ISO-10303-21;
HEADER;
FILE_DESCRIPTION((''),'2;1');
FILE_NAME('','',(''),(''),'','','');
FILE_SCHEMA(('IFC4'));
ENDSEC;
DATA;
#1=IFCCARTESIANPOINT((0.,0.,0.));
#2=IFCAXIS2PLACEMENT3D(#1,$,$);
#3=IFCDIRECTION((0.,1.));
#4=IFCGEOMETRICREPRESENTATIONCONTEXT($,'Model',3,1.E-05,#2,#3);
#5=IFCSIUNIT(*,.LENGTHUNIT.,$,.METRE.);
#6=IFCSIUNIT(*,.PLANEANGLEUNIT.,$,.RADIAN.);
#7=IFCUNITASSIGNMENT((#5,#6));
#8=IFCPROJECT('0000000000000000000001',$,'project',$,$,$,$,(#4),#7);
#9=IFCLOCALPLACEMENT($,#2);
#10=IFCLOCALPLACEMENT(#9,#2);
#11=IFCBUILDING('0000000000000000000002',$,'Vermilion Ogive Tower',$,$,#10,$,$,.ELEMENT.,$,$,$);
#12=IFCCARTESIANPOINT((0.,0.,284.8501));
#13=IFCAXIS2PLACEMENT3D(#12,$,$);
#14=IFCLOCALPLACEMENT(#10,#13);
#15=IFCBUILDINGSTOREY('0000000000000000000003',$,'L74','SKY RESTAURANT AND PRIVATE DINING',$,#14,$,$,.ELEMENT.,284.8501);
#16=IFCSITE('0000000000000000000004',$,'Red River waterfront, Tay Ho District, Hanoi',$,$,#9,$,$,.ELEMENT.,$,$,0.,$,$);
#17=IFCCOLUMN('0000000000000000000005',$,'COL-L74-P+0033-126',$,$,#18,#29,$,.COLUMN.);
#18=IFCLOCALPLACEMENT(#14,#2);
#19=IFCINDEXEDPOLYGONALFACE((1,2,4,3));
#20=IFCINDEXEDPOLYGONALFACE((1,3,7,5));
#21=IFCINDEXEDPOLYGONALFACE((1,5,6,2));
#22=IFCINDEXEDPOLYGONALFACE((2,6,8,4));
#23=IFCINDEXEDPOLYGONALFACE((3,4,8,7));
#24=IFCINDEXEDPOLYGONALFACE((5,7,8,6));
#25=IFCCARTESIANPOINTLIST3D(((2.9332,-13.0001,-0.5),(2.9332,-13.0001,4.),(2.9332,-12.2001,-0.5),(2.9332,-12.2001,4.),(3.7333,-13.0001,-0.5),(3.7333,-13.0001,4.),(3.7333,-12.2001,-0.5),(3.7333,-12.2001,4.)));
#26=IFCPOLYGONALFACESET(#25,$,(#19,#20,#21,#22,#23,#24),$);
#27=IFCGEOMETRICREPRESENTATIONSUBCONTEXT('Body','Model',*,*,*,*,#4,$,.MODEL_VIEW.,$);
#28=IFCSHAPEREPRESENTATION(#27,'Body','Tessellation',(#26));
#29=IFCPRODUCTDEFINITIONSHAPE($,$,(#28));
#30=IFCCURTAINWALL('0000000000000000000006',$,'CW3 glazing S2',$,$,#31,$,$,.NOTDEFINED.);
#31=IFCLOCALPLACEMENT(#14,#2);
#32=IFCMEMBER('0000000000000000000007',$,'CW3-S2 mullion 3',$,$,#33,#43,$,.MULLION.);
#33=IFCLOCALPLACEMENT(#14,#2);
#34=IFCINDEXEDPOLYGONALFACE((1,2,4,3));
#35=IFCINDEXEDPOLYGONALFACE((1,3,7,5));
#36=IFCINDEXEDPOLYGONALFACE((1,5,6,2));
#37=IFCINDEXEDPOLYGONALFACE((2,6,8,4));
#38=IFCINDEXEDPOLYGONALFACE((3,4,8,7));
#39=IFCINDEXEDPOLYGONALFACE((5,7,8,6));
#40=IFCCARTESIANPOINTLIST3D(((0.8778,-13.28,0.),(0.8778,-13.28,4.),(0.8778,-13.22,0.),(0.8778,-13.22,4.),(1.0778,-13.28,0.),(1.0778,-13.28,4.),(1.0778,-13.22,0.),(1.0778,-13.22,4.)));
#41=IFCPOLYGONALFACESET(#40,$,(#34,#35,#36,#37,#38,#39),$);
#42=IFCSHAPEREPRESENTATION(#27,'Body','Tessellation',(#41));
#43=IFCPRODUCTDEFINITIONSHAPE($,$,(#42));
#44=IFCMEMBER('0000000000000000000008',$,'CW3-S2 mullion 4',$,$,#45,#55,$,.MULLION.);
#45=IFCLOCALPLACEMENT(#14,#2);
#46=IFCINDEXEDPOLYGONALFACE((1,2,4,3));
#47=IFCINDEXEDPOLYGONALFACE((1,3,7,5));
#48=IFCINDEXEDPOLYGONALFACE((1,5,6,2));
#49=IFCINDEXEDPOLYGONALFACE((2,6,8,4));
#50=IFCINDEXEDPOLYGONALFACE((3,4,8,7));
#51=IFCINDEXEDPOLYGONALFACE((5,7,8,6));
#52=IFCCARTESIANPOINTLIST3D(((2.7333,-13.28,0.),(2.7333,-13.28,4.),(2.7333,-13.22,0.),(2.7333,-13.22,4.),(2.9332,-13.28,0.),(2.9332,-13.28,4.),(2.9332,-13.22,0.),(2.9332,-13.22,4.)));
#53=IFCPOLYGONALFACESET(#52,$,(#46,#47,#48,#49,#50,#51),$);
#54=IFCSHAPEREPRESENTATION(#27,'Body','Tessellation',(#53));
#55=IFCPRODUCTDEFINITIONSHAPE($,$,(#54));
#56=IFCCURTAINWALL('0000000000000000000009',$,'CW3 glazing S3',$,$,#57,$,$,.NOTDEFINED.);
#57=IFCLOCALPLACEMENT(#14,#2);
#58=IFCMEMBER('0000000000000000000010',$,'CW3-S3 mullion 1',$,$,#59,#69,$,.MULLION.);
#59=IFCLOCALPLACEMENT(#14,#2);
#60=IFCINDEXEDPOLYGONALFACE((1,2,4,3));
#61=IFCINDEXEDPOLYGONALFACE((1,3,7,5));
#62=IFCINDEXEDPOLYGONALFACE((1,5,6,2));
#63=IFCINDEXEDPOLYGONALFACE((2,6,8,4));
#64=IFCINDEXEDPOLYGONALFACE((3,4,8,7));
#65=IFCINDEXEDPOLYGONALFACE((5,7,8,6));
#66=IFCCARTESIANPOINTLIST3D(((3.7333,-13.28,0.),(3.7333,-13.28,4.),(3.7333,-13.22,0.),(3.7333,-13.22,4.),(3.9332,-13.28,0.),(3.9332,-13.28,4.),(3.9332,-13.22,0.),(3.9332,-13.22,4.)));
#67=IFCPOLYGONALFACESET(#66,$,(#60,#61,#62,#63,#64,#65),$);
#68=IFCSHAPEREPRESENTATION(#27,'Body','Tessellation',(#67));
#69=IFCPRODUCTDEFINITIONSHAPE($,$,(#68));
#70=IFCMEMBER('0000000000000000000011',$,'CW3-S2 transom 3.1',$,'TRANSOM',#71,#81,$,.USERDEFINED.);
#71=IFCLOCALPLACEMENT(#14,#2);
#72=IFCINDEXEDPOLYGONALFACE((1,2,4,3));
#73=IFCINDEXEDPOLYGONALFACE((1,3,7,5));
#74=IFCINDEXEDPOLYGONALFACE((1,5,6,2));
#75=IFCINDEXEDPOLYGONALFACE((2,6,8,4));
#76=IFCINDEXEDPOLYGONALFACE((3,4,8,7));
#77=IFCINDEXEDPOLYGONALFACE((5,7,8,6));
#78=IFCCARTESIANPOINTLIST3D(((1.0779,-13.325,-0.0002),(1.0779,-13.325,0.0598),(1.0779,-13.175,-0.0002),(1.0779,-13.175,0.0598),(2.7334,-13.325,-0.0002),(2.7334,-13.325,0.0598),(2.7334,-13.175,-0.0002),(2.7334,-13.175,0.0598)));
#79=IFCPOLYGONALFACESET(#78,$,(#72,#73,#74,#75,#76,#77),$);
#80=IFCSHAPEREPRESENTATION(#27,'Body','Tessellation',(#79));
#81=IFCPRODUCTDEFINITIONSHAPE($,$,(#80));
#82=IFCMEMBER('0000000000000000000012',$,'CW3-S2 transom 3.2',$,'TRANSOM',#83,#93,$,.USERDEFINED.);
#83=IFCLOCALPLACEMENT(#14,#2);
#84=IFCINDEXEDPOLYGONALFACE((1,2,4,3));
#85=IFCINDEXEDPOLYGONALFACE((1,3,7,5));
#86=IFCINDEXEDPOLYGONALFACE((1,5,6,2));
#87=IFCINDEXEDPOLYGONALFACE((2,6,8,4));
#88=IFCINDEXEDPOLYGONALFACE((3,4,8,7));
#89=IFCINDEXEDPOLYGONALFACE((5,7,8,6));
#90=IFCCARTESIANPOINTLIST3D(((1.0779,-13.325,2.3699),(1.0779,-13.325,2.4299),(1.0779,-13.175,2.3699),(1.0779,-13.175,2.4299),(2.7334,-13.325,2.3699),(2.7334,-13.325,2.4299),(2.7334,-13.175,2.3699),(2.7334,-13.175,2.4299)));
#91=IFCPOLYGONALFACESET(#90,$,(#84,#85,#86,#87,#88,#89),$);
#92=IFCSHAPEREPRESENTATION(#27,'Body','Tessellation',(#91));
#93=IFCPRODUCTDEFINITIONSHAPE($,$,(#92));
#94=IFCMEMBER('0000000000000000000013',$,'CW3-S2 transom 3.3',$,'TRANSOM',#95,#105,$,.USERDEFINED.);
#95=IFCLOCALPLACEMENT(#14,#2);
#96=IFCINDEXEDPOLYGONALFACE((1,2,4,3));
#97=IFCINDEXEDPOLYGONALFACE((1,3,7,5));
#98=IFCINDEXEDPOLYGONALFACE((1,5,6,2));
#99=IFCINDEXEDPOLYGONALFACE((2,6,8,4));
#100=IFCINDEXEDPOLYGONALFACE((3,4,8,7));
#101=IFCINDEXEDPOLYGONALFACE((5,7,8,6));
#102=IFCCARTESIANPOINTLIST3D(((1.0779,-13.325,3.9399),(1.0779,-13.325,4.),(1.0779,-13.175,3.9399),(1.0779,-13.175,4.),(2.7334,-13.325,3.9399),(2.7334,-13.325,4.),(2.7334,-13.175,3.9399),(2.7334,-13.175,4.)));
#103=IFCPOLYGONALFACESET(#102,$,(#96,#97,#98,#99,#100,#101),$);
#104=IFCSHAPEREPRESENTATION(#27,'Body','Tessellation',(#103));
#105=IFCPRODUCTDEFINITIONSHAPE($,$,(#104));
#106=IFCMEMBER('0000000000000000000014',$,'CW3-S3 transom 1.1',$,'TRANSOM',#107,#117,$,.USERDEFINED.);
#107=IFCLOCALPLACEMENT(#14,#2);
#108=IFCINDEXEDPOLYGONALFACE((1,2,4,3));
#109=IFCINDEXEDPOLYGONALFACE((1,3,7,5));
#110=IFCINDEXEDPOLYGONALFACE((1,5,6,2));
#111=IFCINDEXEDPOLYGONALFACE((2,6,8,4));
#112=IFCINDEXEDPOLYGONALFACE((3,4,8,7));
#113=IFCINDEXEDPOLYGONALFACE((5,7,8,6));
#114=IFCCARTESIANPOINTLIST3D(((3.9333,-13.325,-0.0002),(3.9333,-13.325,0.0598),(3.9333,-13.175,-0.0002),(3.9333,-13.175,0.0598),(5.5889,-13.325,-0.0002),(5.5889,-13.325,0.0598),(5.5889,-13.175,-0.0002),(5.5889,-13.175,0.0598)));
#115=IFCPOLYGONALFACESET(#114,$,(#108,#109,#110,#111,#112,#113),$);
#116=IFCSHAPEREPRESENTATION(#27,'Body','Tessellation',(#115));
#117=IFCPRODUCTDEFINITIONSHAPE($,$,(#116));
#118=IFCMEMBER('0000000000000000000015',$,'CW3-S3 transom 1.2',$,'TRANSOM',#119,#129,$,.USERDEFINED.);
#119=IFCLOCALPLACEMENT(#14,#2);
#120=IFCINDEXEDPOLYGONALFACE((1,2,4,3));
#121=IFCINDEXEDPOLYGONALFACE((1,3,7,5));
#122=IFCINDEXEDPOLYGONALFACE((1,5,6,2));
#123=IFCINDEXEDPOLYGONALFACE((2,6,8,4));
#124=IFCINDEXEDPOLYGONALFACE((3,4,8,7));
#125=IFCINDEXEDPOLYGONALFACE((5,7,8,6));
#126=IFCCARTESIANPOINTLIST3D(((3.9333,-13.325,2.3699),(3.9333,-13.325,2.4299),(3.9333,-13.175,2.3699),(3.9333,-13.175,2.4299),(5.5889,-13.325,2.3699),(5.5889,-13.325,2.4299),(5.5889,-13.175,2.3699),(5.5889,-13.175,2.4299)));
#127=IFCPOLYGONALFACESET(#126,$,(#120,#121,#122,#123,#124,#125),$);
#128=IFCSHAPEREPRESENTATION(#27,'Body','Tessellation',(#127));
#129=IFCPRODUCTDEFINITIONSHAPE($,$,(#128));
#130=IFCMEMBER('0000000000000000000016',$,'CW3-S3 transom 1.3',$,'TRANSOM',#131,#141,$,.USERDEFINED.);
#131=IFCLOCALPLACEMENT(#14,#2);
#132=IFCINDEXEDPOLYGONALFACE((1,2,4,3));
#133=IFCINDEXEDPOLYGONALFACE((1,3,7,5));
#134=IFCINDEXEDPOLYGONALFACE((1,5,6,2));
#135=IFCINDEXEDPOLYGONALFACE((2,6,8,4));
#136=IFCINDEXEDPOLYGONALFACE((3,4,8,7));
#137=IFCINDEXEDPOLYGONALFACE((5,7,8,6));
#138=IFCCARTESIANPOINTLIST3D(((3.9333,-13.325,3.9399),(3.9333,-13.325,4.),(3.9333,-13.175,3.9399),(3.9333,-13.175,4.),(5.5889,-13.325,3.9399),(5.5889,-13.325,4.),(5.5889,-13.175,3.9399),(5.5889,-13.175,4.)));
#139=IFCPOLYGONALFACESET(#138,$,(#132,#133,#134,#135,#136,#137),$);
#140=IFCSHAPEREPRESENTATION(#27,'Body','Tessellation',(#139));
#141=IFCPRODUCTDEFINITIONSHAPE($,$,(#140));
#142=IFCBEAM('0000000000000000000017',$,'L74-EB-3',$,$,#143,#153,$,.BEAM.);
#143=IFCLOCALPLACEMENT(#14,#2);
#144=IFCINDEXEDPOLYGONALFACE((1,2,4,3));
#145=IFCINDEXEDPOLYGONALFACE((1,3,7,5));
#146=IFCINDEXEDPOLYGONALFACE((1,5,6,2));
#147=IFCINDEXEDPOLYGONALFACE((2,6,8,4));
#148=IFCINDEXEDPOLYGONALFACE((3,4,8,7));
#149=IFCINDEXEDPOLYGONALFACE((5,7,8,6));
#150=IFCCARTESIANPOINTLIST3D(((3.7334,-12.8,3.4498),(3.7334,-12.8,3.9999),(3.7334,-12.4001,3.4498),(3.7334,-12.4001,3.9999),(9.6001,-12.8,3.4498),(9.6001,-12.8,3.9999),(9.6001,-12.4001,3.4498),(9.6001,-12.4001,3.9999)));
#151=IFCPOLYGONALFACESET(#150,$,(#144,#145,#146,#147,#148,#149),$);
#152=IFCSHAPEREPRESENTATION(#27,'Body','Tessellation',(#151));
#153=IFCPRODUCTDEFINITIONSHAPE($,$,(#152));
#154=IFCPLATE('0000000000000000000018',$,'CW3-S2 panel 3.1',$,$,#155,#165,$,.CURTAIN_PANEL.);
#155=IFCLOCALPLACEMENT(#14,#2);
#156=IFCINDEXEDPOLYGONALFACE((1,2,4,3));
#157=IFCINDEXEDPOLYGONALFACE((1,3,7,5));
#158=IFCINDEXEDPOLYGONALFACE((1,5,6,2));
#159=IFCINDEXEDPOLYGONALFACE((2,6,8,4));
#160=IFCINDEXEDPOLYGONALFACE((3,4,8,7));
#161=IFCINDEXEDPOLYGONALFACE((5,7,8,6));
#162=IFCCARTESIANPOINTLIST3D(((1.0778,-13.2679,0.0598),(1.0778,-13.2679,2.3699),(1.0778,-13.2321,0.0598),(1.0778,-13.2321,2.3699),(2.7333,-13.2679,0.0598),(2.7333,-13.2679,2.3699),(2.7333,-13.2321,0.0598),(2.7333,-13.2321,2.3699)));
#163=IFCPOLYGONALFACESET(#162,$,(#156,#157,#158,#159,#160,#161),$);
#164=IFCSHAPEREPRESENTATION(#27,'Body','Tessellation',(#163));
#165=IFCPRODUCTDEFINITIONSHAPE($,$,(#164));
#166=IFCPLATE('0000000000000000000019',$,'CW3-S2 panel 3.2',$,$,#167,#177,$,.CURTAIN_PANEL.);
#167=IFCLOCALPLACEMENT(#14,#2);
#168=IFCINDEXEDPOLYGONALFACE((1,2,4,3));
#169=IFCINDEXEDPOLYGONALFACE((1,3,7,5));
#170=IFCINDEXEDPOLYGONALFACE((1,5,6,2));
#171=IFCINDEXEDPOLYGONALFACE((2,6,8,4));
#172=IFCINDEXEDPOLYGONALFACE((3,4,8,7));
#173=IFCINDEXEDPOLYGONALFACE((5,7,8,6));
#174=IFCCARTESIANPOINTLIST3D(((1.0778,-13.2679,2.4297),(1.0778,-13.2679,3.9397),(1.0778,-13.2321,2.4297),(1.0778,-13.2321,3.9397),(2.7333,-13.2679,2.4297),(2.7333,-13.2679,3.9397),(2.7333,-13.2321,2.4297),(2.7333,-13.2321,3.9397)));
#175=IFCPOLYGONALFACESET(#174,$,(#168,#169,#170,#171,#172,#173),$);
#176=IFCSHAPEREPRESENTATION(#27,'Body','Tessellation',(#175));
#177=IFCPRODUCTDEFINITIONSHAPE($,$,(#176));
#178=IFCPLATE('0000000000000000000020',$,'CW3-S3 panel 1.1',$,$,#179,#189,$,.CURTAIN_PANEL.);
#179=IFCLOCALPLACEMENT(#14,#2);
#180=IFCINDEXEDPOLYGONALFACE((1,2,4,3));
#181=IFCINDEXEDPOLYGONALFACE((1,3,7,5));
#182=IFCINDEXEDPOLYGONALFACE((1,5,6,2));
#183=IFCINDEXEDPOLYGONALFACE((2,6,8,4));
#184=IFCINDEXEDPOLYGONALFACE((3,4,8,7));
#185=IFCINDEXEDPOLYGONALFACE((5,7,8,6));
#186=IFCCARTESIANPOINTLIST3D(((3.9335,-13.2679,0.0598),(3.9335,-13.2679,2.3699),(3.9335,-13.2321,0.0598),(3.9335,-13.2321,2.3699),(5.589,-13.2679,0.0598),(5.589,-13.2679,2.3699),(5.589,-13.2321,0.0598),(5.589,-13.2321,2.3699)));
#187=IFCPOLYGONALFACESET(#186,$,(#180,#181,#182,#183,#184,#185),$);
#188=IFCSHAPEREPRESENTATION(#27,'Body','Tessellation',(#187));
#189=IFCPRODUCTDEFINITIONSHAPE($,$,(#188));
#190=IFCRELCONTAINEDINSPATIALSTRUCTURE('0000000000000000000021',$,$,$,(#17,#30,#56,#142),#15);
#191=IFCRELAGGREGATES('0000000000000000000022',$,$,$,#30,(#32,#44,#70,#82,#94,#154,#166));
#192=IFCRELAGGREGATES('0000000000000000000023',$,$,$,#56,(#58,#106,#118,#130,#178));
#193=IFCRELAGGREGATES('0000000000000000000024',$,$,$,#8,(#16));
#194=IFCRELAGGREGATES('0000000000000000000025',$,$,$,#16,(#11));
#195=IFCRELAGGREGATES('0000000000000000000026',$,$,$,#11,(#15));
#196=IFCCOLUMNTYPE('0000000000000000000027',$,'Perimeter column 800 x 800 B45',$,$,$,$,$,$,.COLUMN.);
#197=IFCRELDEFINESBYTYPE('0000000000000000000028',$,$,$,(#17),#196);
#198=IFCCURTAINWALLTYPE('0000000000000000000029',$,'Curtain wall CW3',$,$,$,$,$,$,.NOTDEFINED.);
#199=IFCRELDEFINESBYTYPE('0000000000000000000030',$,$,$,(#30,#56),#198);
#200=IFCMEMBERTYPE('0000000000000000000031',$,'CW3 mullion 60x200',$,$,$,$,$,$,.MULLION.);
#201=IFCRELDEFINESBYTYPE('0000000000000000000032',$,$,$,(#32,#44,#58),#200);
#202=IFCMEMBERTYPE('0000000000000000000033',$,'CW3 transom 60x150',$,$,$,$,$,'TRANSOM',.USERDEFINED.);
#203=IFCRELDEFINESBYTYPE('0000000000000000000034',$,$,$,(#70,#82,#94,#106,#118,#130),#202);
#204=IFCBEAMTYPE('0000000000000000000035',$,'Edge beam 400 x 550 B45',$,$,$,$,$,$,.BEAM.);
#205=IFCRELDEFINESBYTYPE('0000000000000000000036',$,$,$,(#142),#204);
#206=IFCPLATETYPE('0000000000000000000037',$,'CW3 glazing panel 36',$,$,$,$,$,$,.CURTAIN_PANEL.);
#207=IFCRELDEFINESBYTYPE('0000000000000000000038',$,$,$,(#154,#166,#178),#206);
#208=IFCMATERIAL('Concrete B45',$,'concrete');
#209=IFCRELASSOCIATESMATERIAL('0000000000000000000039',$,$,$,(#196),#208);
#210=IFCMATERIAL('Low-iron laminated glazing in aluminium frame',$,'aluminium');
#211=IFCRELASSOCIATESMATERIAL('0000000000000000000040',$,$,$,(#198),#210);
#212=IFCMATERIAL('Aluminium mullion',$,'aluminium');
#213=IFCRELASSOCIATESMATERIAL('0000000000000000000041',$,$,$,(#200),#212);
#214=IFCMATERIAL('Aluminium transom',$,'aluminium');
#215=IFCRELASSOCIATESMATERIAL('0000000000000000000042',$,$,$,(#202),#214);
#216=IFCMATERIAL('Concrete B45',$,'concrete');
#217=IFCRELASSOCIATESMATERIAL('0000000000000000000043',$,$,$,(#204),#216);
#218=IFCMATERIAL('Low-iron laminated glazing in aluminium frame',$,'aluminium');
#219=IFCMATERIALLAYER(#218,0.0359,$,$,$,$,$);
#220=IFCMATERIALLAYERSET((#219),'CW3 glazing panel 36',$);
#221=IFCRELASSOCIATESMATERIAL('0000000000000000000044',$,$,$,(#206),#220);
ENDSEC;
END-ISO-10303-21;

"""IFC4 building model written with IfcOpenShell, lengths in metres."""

from ifc_helpers import new_model, si_unit, direction, frame, origin, origin_2d, place, context, subcontext, project, spatial, rectangle, extrude, material, layer, layer_set, material_profile, profile_set, type_object, element, aggregate, save


model = new_model("IFC4")

# Units and contexts
model_context = context("Model", 3, precision=1e-05, world=origin(), true_north=direction((0.0, 1.0)))
body_context = subcontext(model_context, "Body", "Model", "MODEL_VIEW")
ifc_project = project(units=[si_unit("LENGTHUNIT", "METRE"), si_unit("PLANEANGLEUNIT", "RADIAN")], contexts=[model_context])

# Site, building, storey
site_placement = place(None, origin())
site = spatial("IfcSite", under=ifc_project, at=site_placement, Name="Red River waterfront, Tay Ho District, Hanoi", CompositionType="ELEMENT", RefElevation=0.0)
building_placement = place(site_placement, origin())
building = spatial("IfcBuilding", under=site, at=building_placement, Name="Vermilion Ogive Tower", CompositionType="ELEMENT")
storey_placement = place(building_placement, frame((0.0, 0.0, 284.8501)))
storey = spatial("IfcBuildingStorey", under=building, at=storey_placement, Name="L74", Description="SKY RESTAURANT AND PRIVATE DINING", CompositionType="ELEMENT", Elevation=284.8501)

# Column
ifc_material_1 = material(Name="Concrete B45", Category="concrete")
ifc_material_profile_1 = material_profile(ifc_material_1, rectangle(XDim=0.8, YDim=0.8, at=origin_2d()), Name="800 x 800")
ifc_profile_set_1 = profile_set([ifc_material_profile_1], Name="Concrete B45")
column_type = type_object("IfcColumnType", Name="Perimeter column 800 x 800 B45", PredefinedType="COLUMN", material=ifc_profile_set_1)
column_placement = place(storey_placement, frame((3.3333, -12.6001, -0.5), z_axis=(0.0, 0.0, 1.0), x_axis=(1.0, 0.0, 0.0)))
element("IfcColumn", 1, at=column_placement, inside=storey, type_object=column_type, Name="COL-L74-P+0033-126", PredefinedType="COLUMN", context=body_context, shape_type="SweptSolid", body=[
    extrude(rectangle(XDim=0.8, YDim=0.8, at=origin_2d()), origin(), (0.0, 0.0, 1.0), 4.5),
])

# Curtain wall, members
ifc_material_2 = material(Name="Low-iron laminated glazing in aluminium frame", Category="aluminium")
curtain_wall_type = type_object("IfcCurtainWallType", Name="Curtain wall CW3", PredefinedType="NOTDEFINED", material=ifc_material_2)
curtain_wall_1_placement = place(storey_placement, origin())
curtain_wall_1 = element("IfcCurtainWall", 2, at=curtain_wall_1_placement, inside=storey, type_object=curtain_wall_type, Name="CW3 glazing S2", PredefinedType="NOTDEFINED")
ifc_material_3 = material(Name="Aluminium mullion", Category="aluminium")
ifc_material_profile_2 = material_profile(ifc_material_3, rectangle(XDim=0.0601, YDim=0.2, at=origin_2d()), Name="AL 60x200")
ifc_profile_set_2 = profile_set([ifc_material_profile_2], Name="Aluminium mullion")
member_type_1 = type_object("IfcMemberType", Name="CW3 mullion 60x200", PredefinedType="MULLION", material=ifc_profile_set_2)
member_1_placement = place(storey_placement, frame((0.9778, -13.25, 0.0), z_axis=(0.0, 0.0, 1.0), x_axis=(0.0, 1.0, 0.0)))
member_1 = element("IfcMember", 3, at=member_1_placement, type_object=member_type_1, Name="CW3-S2 mullion 3", PredefinedType="MULLION", context=body_context, shape_type="SweptSolid", body=[
    extrude(rectangle(XDim=0.0601, YDim=0.2, at=origin_2d()), origin(), (0.0, 0.0, 1.0), 4.0),
])
member_2_placement = place(storey_placement, frame((2.8333, -13.25, 0.0), z_axis=(0.0, 0.0, 1.0), x_axis=(0.0, 1.0, 0.0)))
member_2 = element("IfcMember", 4, at=member_2_placement, type_object=member_type_1, Name="CW3-S2 mullion 4", PredefinedType="MULLION", context=body_context, shape_type="SweptSolid", body=[
    extrude(rectangle(XDim=0.0601, YDim=0.2, at=origin_2d()), origin(), (0.0, 0.0, 1.0), 4.0),
])

# Curtain wall, member
curtain_wall_2_placement = place(storey_placement, origin())
curtain_wall_2 = element("IfcCurtainWall", 5, at=curtain_wall_2_placement, inside=storey, type_object=curtain_wall_type, Name="CW3 glazing S3", PredefinedType="NOTDEFINED")
member_3_placement = place(storey_placement, frame((3.8333, -13.25, 0.0), z_axis=(0.0, 0.0, 1.0), x_axis=(0.0, 1.0, 0.0)))
member_3 = element("IfcMember", 6, at=member_3_placement, type_object=member_type_1, Name="CW3-S3 mullion 1", PredefinedType="MULLION", context=body_context, shape_type="SweptSolid", body=[
    extrude(rectangle(XDim=0.0601, YDim=0.2, at=origin_2d()), origin(), (0.0, 0.0, 1.0), 4.0),
])

# Members
ifc_material_4 = material(Name="Aluminium transom", Category="aluminium")
ifc_material_profile_3 = material_profile(ifc_material_4, rectangle(XDim=0.1499, YDim=0.0601, at=origin_2d()), Name="AL 60x150")
ifc_profile_set_3 = profile_set([ifc_material_profile_3], Name="Aluminium transom")
member_type_2 = type_object("IfcMemberType", Name="CW3 transom 60x150", ElementType="TRANSOM", PredefinedType="USERDEFINED", material=ifc_profile_set_3)
member_4_placement = place(storey_placement, frame((1.0779, -13.25, 0.0298), z_axis=(1.0, 0.0, 0.0), x_axis=(0.0, 1.0, 0.0)))
member_4 = element("IfcMember", 7, at=member_4_placement, type_object=member_type_2, Name="CW3-S2 transom 3.1", ObjectType="TRANSOM", PredefinedType="USERDEFINED", context=body_context, shape_type="SweptSolid", body=[
    extrude(rectangle(XDim=0.1499, YDim=0.0601, at=origin_2d()), origin(), (0.0, 0.0, 1.0), 1.6555),
])
member_5_placement = place(storey_placement, frame((1.0779, -13.25, 2.3999), z_axis=(1.0, 0.0, 0.0), x_axis=(0.0, 1.0, 0.0)))
member_5 = element("IfcMember", 8, at=member_5_placement, type_object=member_type_2, Name="CW3-S2 transom 3.2", ObjectType="TRANSOM", PredefinedType="USERDEFINED", context=body_context, shape_type="SweptSolid", body=[
    extrude(rectangle(XDim=0.1499, YDim=0.0601, at=origin_2d()), origin(), (0.0, 0.0, 1.0), 1.6555),
])
member_6_placement = place(storey_placement, frame((1.0779, -13.25, 3.97), z_axis=(1.0, 0.0, 0.0), x_axis=(0.0, 1.0, 0.0)))
member_6 = element("IfcMember", 9, at=member_6_placement, type_object=member_type_2, Name="CW3-S2 transom 3.3", ObjectType="TRANSOM", PredefinedType="USERDEFINED", context=body_context, shape_type="SweptSolid", body=[
    extrude(rectangle(XDim=0.1499, YDim=0.0601, at=origin_2d()), origin(), (0.0, 0.0, 1.0), 1.6555),
])
member_7_placement = place(storey_placement, frame((3.9333, -13.25, 0.0298), z_axis=(1.0, 0.0, 0.0), x_axis=(0.0, 1.0, 0.0)))
member_7 = element("IfcMember", 10, at=member_7_placement, type_object=member_type_2, Name="CW3-S3 transom 1.1", ObjectType="TRANSOM", PredefinedType="USERDEFINED", context=body_context, shape_type="SweptSolid", body=[
    extrude(rectangle(XDim=0.1499, YDim=0.0601, at=origin_2d()), origin(), (0.0, 0.0, 1.0), 1.6555),
])
member_8_placement = place(storey_placement, frame((3.9333, -13.25, 2.3999), z_axis=(1.0, 0.0, 0.0), x_axis=(0.0, 1.0, 0.0)))
member_8 = element("IfcMember", 11, at=member_8_placement, type_object=member_type_2, Name="CW3-S3 transom 1.2", ObjectType="TRANSOM", PredefinedType="USERDEFINED", context=body_context, shape_type="SweptSolid", body=[
    extrude(rectangle(XDim=0.1499, YDim=0.0601, at=origin_2d()), origin(), (0.0, 0.0, 1.0), 1.6555),
])
member_9_placement = place(storey_placement, frame((3.9333, -13.25, 3.97), z_axis=(1.0, 0.0, 0.0), x_axis=(0.0, 1.0, 0.0)))
member_9 = element("IfcMember", 12, at=member_9_placement, type_object=member_type_2, Name="CW3-S3 transom 1.3", ObjectType="TRANSOM", PredefinedType="USERDEFINED", context=body_context, shape_type="SweptSolid", body=[
    extrude(rectangle(XDim=0.1499, YDim=0.0601, at=origin_2d()), origin(), (0.0, 0.0, 1.0), 1.6555),
])

# Beam
ifc_material_5 = material(Name="Concrete B45", Category="concrete")
ifc_material_profile_4 = material_profile(ifc_material_5, rectangle(XDim=0.3999, YDim=0.55, at=origin_2d()), Name="400 x 550")
ifc_profile_set_4 = profile_set([ifc_material_profile_4], Name="Concrete B45")
beam_type = type_object("IfcBeamType", Name="Edge beam 400 x 550 B45", PredefinedType="BEAM", material=ifc_profile_set_4)
beam_placement = place(storey_placement, frame((3.7334, -12.6001, 3.7249), z_axis=(1.0, 0.0, 0.0), x_axis=(0.0, 1.0, 0.0)))
element("IfcBeam", 13, at=beam_placement, inside=storey, type_object=beam_type, Name="L74-EB-3", PredefinedType="BEAM", context=body_context, shape_type="SweptSolid", body=[
    extrude(rectangle(XDim=0.3999, YDim=0.55, at=origin_2d()), origin(), (0.0, 0.0, 1.0), 5.8667),
])

# Plates
ifc_material_6 = material(Name="Low-iron laminated glazing in aluminium frame", Category="aluminium")
ifc_layer_1 = layer(ifc_material_6, 0.0359)
ifc_layer_set_1 = layer_set([ifc_layer_1], Name="CW3 glazing panel 36")
plate_type = type_object("IfcPlateType", Name="CW3 glazing panel 36", PredefinedType="CURTAIN_PANEL", material=ifc_layer_set_1)
plate_1_placement = place(storey_placement, frame((1.9055, -13.25, 0.0598), z_axis=(0.0, 0.0, 1.0), x_axis=(1.0, 0.0, 0.0)))
plate_1 = element("IfcPlate", 14, at=plate_1_placement, type_object=plate_type, Name="CW3-S2 panel 3.1", PredefinedType="CURTAIN_PANEL", context=body_context, shape_type="SweptSolid", body=[
    extrude(rectangle(XDim=1.6555, YDim=0.0359, at=origin_2d()), origin(), (0.0, 0.0, 1.0), 2.3101),
])
plate_2_placement = place(storey_placement, frame((1.9055, -13.25, 2.4297), z_axis=(0.0, 0.0, 1.0), x_axis=(1.0, 0.0, 0.0)))
plate_2 = element("IfcPlate", 15, at=plate_2_placement, type_object=plate_type, Name="CW3-S2 panel 3.2", PredefinedType="CURTAIN_PANEL", context=body_context, shape_type="SweptSolid", body=[
    extrude(rectangle(XDim=1.6555, YDim=0.0359, at=origin_2d()), origin(), (0.0, 0.0, 1.0), 1.51),
])
aggregate(curtain_wall_1, [member_1, member_2, member_4, member_5, member_6, plate_1, plate_2])
plate_3_placement = place(storey_placement, frame((4.7612, -13.25, 0.0598), z_axis=(0.0, 0.0, 1.0), x_axis=(1.0, 0.0, 0.0)))
plate_3 = element("IfcPlate", 16, at=plate_3_placement, type_object=plate_type, Name="CW3-S3 panel 1.1", PredefinedType="CURTAIN_PANEL", context=body_context, shape_type="SweptSolid", body=[
    extrude(rectangle(XDim=1.6555, YDim=0.0359, at=origin_2d()), origin(), (0.0, 0.0, 1.0), 2.3101),
])
aggregate(curtain_wall_2, [member_3, member_7, member_8, member_9, plate_3])

save(model, "model.ifc")
